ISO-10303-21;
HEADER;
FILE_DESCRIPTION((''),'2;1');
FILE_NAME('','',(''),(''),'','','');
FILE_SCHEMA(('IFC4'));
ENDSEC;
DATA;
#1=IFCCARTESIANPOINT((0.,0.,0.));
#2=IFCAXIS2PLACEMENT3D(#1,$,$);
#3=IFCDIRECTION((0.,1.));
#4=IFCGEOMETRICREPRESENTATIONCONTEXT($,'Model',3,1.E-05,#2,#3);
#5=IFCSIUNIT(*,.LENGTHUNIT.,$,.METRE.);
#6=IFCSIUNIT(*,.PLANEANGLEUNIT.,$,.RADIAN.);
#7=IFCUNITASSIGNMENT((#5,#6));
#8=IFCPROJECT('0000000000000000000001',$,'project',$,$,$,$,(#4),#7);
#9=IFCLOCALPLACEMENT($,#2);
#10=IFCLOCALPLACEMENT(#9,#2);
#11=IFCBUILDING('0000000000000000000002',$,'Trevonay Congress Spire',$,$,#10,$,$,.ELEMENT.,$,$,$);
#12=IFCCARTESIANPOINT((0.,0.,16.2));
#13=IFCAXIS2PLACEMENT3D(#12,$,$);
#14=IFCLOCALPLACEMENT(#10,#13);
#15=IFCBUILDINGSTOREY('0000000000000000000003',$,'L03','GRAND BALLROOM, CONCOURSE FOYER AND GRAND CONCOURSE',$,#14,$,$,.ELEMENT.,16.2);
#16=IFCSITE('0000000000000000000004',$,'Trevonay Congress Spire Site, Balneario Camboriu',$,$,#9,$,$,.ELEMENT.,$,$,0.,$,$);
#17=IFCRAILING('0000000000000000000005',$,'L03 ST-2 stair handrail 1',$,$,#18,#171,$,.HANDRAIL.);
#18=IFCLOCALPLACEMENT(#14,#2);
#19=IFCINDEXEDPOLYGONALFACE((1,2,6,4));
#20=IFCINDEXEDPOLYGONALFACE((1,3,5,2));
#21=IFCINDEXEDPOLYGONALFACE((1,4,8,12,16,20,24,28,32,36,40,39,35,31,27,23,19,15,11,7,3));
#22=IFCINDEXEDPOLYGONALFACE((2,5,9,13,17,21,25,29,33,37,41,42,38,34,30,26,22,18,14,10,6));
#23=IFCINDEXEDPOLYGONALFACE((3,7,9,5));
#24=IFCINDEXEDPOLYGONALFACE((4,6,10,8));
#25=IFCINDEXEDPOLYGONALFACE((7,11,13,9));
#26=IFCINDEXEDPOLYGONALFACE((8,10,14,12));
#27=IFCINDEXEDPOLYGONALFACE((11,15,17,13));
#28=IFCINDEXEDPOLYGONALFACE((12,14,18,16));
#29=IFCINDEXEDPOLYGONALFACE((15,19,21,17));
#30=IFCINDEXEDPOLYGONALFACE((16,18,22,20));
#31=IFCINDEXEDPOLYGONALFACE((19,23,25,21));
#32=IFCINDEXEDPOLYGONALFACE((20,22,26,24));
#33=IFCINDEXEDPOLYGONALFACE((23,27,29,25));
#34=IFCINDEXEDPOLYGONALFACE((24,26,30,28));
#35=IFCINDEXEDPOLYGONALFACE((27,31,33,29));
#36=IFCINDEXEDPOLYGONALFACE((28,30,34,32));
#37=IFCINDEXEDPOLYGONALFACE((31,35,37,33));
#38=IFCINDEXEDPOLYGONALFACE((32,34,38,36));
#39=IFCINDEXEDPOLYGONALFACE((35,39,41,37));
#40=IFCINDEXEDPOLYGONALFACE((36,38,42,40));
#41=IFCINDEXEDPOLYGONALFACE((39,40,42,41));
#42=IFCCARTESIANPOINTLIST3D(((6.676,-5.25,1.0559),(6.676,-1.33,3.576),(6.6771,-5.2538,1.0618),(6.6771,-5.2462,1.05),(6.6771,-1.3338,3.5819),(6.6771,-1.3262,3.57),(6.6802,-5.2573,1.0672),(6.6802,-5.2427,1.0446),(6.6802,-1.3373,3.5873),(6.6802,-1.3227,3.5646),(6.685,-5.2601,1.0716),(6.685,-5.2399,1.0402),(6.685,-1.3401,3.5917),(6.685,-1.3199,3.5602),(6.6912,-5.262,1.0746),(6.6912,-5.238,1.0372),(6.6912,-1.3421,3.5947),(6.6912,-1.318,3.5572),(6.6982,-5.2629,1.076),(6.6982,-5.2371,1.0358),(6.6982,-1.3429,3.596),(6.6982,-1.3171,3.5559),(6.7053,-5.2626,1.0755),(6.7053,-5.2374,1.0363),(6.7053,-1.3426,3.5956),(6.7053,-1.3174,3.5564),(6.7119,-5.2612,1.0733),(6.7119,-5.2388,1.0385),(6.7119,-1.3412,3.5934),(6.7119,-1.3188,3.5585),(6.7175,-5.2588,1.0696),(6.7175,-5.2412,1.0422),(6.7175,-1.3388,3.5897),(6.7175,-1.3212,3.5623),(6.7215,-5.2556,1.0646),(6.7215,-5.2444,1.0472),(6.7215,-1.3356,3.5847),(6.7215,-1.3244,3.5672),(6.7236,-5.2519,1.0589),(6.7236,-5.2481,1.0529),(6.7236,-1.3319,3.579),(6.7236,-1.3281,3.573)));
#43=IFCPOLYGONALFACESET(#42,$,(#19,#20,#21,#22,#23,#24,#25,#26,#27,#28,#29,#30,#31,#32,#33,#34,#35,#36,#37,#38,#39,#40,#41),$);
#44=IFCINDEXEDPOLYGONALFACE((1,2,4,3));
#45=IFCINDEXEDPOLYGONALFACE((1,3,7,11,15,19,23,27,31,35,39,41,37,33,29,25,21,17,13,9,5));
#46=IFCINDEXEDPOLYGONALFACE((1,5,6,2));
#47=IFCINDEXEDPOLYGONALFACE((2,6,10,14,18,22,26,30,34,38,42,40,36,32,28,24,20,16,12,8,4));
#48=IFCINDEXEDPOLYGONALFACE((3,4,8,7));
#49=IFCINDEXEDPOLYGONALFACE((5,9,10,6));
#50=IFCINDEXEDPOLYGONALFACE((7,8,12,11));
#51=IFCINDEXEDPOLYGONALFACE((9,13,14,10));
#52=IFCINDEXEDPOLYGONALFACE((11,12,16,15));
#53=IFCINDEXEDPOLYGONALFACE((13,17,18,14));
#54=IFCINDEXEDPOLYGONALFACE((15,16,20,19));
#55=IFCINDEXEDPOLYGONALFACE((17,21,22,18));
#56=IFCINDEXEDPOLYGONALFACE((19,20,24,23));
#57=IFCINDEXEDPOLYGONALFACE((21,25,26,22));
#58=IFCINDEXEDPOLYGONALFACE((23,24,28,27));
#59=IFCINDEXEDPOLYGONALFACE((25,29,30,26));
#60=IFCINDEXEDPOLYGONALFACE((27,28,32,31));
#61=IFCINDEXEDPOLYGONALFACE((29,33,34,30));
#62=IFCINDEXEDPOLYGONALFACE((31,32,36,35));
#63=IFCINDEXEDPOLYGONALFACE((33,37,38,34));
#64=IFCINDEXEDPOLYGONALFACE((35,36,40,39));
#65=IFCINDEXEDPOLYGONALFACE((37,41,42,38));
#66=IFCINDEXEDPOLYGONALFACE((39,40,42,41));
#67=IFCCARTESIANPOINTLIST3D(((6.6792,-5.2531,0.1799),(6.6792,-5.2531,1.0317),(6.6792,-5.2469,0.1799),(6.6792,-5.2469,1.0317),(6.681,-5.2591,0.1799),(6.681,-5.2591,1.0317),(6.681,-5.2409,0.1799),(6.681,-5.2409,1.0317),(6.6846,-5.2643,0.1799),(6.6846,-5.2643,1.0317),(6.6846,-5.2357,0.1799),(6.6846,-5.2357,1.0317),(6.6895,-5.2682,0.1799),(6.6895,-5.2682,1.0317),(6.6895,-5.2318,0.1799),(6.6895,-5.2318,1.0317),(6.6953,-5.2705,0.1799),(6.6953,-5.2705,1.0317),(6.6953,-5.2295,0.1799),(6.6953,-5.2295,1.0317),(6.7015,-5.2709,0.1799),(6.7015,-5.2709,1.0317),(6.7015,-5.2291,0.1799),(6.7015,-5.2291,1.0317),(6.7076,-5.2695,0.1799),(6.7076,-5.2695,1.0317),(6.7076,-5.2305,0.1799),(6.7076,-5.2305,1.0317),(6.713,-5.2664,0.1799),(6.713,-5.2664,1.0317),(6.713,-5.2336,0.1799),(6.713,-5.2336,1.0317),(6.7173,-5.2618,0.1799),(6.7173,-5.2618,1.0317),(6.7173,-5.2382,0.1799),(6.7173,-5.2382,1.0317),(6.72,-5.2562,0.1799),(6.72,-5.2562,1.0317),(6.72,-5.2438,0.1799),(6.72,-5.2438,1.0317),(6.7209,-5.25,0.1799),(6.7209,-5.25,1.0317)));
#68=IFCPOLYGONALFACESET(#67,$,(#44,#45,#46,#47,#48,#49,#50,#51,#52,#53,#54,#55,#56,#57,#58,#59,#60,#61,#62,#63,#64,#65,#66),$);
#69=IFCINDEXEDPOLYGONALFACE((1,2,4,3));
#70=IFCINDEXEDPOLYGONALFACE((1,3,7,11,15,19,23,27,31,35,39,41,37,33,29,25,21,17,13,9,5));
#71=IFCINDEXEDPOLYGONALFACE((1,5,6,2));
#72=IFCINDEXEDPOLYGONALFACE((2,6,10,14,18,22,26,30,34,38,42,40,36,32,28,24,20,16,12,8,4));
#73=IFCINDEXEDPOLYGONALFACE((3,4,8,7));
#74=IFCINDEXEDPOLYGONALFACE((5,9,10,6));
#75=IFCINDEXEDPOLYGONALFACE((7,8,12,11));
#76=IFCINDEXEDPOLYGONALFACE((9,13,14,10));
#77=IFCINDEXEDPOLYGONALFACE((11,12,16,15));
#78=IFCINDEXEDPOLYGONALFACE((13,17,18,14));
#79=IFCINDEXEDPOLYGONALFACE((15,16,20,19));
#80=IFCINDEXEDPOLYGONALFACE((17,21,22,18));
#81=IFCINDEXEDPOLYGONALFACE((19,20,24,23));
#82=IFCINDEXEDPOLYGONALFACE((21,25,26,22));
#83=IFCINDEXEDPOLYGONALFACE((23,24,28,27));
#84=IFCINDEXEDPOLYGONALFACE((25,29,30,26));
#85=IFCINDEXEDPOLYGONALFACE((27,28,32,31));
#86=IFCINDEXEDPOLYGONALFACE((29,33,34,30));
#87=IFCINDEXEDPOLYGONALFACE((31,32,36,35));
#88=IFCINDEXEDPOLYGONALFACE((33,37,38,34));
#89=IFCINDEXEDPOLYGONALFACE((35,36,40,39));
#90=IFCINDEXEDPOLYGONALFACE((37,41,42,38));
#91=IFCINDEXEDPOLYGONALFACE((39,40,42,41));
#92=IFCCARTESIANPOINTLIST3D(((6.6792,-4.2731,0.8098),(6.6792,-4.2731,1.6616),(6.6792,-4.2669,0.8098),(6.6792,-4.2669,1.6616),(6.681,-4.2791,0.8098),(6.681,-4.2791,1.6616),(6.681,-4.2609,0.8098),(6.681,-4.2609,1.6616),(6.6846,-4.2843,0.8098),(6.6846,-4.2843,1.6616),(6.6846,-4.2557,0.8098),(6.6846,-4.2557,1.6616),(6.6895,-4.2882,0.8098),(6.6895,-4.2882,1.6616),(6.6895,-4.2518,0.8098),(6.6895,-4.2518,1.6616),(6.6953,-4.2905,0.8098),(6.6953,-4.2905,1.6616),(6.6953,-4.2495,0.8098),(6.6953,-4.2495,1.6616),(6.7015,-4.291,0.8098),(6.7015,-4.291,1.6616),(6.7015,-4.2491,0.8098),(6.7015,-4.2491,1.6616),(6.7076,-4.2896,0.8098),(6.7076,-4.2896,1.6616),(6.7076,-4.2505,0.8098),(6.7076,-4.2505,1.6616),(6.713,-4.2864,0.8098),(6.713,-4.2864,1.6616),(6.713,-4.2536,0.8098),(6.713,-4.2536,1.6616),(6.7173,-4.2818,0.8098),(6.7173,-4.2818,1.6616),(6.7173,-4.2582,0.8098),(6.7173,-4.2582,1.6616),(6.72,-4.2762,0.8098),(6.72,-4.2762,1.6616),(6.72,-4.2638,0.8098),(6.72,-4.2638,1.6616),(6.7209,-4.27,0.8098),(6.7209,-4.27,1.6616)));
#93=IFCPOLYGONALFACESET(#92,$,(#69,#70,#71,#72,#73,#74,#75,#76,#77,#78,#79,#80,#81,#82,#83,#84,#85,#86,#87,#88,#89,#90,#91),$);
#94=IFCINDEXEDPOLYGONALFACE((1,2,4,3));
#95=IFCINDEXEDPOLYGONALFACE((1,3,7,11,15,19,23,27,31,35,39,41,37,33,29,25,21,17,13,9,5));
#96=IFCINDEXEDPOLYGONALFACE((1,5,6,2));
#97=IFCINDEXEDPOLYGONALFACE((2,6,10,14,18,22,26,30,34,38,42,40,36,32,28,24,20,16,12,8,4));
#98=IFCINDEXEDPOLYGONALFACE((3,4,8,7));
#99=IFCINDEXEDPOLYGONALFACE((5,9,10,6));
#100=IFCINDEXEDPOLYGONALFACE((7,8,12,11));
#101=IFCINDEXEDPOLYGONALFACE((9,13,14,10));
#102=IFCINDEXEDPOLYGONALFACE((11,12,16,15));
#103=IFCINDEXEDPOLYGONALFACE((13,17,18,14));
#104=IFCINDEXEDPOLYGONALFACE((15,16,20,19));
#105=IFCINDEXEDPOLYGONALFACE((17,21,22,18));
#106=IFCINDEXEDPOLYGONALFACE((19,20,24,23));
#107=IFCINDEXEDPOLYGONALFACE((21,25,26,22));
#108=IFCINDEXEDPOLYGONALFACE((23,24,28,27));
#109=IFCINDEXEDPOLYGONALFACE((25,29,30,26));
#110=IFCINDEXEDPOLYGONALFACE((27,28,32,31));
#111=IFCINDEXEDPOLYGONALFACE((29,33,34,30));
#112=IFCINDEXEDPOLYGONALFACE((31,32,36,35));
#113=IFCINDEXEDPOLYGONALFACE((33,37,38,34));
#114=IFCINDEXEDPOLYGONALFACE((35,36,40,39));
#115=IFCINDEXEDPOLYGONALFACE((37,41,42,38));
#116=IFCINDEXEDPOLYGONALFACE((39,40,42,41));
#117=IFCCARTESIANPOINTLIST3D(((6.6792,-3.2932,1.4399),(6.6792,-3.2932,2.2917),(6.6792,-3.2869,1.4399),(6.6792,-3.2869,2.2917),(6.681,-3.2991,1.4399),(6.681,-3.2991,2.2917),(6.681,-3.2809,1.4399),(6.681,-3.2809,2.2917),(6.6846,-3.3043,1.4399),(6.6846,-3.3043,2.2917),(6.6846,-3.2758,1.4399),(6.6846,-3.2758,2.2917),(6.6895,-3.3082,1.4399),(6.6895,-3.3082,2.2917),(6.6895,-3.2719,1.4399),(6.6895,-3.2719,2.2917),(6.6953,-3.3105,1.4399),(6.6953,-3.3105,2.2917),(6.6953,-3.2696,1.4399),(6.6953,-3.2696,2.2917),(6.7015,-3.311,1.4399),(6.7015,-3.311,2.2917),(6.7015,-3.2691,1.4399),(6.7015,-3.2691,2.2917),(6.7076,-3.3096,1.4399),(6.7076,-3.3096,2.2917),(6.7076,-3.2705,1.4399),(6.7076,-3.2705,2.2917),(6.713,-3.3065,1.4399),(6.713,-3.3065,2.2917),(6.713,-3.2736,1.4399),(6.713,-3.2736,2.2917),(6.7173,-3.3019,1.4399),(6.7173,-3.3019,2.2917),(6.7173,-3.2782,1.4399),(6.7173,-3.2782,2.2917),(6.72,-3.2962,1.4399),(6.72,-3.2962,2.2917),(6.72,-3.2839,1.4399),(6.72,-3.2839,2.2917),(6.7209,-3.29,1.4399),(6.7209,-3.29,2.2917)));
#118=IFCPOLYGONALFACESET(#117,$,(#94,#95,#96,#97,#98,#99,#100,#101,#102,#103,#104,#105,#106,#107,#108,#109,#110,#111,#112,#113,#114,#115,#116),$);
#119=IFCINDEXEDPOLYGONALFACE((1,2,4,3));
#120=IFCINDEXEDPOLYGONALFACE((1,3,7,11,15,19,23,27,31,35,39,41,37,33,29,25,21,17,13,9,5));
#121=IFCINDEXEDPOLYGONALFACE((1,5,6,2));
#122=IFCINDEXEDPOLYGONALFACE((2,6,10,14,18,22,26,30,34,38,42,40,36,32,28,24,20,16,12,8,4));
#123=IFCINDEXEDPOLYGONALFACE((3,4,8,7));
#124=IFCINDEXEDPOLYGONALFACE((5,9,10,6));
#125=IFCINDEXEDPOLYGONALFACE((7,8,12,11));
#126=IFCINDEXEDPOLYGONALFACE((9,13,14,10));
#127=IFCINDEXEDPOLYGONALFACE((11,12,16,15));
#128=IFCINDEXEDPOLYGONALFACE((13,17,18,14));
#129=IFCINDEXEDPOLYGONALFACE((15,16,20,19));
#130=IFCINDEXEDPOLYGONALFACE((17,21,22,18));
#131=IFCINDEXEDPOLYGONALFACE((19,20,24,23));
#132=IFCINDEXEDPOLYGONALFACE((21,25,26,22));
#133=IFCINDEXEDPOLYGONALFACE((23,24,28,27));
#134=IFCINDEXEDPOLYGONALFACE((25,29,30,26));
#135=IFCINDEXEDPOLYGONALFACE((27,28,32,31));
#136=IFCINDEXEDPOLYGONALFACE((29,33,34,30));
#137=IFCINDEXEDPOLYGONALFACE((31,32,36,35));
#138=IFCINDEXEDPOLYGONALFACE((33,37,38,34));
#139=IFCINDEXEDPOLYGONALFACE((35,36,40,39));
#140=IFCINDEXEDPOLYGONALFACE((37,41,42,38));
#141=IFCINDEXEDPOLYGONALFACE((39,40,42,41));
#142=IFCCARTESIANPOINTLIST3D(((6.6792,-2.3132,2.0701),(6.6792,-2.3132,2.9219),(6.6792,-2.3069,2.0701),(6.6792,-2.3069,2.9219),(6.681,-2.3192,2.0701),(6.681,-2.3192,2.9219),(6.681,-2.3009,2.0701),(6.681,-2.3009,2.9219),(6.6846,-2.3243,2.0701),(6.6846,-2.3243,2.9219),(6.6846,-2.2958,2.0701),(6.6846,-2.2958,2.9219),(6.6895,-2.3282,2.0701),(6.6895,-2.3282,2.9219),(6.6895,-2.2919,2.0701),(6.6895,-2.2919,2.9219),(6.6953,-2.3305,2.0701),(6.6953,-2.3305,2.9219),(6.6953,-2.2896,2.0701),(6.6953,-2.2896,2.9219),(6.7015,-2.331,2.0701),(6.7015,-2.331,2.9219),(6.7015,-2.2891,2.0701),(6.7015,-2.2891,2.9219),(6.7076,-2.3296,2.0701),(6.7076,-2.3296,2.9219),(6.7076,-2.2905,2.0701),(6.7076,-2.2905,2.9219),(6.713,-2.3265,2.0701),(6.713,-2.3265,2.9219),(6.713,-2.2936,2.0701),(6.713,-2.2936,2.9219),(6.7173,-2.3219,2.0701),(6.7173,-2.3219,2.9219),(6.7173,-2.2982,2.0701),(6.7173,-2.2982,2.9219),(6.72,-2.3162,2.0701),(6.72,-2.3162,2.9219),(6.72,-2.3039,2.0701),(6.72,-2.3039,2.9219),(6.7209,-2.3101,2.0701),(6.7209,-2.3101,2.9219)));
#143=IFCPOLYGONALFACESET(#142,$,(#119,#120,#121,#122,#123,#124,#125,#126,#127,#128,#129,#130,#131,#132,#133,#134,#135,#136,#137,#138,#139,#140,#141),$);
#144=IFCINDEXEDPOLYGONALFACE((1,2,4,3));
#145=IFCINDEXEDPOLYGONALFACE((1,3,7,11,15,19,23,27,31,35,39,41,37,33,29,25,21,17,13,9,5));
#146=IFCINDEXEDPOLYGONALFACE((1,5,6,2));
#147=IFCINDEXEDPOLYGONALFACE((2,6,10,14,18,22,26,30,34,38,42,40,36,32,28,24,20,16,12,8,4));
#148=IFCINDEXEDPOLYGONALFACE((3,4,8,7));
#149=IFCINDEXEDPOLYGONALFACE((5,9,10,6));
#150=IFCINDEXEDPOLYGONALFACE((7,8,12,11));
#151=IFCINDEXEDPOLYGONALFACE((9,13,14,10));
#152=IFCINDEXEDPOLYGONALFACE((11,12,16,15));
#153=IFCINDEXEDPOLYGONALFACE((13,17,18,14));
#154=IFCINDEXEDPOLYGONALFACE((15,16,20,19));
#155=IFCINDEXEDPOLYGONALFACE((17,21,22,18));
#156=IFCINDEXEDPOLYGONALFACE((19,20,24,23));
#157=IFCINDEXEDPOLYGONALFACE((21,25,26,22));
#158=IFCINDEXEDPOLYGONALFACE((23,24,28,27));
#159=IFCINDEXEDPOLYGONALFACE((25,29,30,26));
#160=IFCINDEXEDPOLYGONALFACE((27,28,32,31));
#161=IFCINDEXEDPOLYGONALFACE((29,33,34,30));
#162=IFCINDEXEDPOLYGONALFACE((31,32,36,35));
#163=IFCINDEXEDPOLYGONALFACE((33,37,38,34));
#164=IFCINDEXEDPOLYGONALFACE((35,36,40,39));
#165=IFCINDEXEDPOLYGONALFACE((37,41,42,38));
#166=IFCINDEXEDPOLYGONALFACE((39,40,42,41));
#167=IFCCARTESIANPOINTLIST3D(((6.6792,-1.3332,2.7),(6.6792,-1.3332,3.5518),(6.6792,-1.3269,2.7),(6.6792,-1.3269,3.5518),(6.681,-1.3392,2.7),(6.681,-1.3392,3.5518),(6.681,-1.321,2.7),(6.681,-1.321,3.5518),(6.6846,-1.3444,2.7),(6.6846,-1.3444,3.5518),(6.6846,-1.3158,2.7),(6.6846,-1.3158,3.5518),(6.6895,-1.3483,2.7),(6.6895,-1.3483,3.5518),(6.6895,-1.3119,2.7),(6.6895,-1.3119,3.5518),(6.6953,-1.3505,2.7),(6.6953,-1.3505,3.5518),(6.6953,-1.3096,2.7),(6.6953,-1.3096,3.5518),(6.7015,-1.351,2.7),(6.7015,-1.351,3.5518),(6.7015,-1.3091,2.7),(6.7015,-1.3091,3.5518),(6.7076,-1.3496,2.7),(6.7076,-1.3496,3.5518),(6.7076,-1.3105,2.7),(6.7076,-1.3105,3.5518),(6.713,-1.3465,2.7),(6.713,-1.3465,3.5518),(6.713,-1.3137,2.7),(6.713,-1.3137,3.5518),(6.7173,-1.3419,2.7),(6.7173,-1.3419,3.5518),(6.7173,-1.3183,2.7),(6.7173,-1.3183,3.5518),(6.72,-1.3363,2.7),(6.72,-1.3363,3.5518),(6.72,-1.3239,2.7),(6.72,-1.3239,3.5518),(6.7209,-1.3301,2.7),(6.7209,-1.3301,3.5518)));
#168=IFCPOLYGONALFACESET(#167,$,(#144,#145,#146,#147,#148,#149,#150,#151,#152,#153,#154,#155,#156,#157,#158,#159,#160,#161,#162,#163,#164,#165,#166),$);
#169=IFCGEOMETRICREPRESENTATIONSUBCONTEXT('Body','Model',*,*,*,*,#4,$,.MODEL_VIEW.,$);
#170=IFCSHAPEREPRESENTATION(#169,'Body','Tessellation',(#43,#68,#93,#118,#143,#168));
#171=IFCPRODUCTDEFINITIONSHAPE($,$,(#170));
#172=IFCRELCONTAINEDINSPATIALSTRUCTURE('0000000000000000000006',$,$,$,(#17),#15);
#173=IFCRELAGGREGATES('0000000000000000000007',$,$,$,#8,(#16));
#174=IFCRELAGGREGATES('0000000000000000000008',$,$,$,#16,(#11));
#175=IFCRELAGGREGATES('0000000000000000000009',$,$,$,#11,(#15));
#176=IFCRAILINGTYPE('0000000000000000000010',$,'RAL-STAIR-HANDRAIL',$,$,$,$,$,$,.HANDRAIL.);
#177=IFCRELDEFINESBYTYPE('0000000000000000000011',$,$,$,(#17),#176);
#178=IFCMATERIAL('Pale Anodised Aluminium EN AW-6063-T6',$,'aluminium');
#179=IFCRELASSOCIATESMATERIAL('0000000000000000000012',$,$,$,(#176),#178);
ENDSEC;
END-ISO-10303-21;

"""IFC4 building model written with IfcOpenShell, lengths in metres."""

from ifc_helpers import new_model, si_unit, direction, frame, origin, origin_2d, place, context, subcontext, project, spatial, circle, extrude, material, type_object, element, save


model = new_model("IFC4")

# Units and contexts
model_context = context("Model", 3, precision=1e-05, world=origin(), true_north=direction((0.0, 1.0)))
body_context = subcontext(model_context, "Body", "Model", "MODEL_VIEW")
ifc_project = project(units=[si_unit("LENGTHUNIT", "METRE"), si_unit("PLANEANGLEUNIT", "RADIAN")], contexts=[model_context])

# Site, building, storey
site_placement = place(None, origin())
site = spatial("IfcSite", under=ifc_project, at=site_placement, Name="Trevonay Congress Spire Site, Balneario Camboriu", CompositionType="ELEMENT", RefElevation=0.0)
building_placement = place(site_placement, origin())
building = spatial("IfcBuilding", under=site, at=building_placement, Name="Trevonay Congress Spire", CompositionType="ELEMENT")
storey_placement = place(building_placement, frame((0.0, 0.0, 16.2)))
storey = spatial("IfcBuildingStorey", under=building, at=storey_placement, Name="L03", Description="GRAND BALLROOM, CONCOURSE FOYER AND GRAND CONCOURSE", CompositionType="ELEMENT", Elevation=16.2)

# Railing
ifc_material_1 = material(Name="Pale Anodised Aluminium EN AW-6063-T6", Category="aluminium")
railing_type_1 = type_object("IfcRailingType", Name="RAL-STAIR-HANDRAIL", PredefinedType="HANDRAIL", material=ifc_material_1)
railing_1_placement = place(storey_placement, frame((6.7, -5.25, 0.1799)))
element("IfcRailing", 1, at=railing_1_placement, inside=storey, type_object=railing_type_1, Name="L03 ST-2 stair handrail 1", PredefinedType="HANDRAIL", context=body_context, shape_type="SweptSolid", body=[
    extrude(circle(Radius=0.0239, at=origin_2d()), frame((0.0, 0.0, 0.876), z_axis=(0.0, 0.841172, 0.540768), x_axis=(-1.0, 0.0, 0.0)), (0.0, 0.0, 1.0), 4.6602),
    extrude(circle(Radius=0.021, at=origin_2d()), origin(), (0.0, 0.0, 1.0), 0.8518),
    extrude(circle(Radius=0.021, at=origin_2d()), frame((0.0, 0.98, 0.6299)), (0.0, 0.0, 1.0), 0.8518),
    extrude(circle(Radius=0.021, at=origin_2d()), frame((0.0, 1.96, 1.26)), (0.0, 0.0, 1.0), 0.8518),
    extrude(circle(Radius=0.021, at=origin_2d()), frame((0.0, 2.9399, 1.8901)), (0.0, 0.0, 1.0), 0.8518),
    extrude(circle(Radius=0.021, at=origin_2d()), frame((0.0, 3.9199, 2.52)), (0.0, 0.0, 1.0), 0.8518),
])

save(model, "model.ifc")
